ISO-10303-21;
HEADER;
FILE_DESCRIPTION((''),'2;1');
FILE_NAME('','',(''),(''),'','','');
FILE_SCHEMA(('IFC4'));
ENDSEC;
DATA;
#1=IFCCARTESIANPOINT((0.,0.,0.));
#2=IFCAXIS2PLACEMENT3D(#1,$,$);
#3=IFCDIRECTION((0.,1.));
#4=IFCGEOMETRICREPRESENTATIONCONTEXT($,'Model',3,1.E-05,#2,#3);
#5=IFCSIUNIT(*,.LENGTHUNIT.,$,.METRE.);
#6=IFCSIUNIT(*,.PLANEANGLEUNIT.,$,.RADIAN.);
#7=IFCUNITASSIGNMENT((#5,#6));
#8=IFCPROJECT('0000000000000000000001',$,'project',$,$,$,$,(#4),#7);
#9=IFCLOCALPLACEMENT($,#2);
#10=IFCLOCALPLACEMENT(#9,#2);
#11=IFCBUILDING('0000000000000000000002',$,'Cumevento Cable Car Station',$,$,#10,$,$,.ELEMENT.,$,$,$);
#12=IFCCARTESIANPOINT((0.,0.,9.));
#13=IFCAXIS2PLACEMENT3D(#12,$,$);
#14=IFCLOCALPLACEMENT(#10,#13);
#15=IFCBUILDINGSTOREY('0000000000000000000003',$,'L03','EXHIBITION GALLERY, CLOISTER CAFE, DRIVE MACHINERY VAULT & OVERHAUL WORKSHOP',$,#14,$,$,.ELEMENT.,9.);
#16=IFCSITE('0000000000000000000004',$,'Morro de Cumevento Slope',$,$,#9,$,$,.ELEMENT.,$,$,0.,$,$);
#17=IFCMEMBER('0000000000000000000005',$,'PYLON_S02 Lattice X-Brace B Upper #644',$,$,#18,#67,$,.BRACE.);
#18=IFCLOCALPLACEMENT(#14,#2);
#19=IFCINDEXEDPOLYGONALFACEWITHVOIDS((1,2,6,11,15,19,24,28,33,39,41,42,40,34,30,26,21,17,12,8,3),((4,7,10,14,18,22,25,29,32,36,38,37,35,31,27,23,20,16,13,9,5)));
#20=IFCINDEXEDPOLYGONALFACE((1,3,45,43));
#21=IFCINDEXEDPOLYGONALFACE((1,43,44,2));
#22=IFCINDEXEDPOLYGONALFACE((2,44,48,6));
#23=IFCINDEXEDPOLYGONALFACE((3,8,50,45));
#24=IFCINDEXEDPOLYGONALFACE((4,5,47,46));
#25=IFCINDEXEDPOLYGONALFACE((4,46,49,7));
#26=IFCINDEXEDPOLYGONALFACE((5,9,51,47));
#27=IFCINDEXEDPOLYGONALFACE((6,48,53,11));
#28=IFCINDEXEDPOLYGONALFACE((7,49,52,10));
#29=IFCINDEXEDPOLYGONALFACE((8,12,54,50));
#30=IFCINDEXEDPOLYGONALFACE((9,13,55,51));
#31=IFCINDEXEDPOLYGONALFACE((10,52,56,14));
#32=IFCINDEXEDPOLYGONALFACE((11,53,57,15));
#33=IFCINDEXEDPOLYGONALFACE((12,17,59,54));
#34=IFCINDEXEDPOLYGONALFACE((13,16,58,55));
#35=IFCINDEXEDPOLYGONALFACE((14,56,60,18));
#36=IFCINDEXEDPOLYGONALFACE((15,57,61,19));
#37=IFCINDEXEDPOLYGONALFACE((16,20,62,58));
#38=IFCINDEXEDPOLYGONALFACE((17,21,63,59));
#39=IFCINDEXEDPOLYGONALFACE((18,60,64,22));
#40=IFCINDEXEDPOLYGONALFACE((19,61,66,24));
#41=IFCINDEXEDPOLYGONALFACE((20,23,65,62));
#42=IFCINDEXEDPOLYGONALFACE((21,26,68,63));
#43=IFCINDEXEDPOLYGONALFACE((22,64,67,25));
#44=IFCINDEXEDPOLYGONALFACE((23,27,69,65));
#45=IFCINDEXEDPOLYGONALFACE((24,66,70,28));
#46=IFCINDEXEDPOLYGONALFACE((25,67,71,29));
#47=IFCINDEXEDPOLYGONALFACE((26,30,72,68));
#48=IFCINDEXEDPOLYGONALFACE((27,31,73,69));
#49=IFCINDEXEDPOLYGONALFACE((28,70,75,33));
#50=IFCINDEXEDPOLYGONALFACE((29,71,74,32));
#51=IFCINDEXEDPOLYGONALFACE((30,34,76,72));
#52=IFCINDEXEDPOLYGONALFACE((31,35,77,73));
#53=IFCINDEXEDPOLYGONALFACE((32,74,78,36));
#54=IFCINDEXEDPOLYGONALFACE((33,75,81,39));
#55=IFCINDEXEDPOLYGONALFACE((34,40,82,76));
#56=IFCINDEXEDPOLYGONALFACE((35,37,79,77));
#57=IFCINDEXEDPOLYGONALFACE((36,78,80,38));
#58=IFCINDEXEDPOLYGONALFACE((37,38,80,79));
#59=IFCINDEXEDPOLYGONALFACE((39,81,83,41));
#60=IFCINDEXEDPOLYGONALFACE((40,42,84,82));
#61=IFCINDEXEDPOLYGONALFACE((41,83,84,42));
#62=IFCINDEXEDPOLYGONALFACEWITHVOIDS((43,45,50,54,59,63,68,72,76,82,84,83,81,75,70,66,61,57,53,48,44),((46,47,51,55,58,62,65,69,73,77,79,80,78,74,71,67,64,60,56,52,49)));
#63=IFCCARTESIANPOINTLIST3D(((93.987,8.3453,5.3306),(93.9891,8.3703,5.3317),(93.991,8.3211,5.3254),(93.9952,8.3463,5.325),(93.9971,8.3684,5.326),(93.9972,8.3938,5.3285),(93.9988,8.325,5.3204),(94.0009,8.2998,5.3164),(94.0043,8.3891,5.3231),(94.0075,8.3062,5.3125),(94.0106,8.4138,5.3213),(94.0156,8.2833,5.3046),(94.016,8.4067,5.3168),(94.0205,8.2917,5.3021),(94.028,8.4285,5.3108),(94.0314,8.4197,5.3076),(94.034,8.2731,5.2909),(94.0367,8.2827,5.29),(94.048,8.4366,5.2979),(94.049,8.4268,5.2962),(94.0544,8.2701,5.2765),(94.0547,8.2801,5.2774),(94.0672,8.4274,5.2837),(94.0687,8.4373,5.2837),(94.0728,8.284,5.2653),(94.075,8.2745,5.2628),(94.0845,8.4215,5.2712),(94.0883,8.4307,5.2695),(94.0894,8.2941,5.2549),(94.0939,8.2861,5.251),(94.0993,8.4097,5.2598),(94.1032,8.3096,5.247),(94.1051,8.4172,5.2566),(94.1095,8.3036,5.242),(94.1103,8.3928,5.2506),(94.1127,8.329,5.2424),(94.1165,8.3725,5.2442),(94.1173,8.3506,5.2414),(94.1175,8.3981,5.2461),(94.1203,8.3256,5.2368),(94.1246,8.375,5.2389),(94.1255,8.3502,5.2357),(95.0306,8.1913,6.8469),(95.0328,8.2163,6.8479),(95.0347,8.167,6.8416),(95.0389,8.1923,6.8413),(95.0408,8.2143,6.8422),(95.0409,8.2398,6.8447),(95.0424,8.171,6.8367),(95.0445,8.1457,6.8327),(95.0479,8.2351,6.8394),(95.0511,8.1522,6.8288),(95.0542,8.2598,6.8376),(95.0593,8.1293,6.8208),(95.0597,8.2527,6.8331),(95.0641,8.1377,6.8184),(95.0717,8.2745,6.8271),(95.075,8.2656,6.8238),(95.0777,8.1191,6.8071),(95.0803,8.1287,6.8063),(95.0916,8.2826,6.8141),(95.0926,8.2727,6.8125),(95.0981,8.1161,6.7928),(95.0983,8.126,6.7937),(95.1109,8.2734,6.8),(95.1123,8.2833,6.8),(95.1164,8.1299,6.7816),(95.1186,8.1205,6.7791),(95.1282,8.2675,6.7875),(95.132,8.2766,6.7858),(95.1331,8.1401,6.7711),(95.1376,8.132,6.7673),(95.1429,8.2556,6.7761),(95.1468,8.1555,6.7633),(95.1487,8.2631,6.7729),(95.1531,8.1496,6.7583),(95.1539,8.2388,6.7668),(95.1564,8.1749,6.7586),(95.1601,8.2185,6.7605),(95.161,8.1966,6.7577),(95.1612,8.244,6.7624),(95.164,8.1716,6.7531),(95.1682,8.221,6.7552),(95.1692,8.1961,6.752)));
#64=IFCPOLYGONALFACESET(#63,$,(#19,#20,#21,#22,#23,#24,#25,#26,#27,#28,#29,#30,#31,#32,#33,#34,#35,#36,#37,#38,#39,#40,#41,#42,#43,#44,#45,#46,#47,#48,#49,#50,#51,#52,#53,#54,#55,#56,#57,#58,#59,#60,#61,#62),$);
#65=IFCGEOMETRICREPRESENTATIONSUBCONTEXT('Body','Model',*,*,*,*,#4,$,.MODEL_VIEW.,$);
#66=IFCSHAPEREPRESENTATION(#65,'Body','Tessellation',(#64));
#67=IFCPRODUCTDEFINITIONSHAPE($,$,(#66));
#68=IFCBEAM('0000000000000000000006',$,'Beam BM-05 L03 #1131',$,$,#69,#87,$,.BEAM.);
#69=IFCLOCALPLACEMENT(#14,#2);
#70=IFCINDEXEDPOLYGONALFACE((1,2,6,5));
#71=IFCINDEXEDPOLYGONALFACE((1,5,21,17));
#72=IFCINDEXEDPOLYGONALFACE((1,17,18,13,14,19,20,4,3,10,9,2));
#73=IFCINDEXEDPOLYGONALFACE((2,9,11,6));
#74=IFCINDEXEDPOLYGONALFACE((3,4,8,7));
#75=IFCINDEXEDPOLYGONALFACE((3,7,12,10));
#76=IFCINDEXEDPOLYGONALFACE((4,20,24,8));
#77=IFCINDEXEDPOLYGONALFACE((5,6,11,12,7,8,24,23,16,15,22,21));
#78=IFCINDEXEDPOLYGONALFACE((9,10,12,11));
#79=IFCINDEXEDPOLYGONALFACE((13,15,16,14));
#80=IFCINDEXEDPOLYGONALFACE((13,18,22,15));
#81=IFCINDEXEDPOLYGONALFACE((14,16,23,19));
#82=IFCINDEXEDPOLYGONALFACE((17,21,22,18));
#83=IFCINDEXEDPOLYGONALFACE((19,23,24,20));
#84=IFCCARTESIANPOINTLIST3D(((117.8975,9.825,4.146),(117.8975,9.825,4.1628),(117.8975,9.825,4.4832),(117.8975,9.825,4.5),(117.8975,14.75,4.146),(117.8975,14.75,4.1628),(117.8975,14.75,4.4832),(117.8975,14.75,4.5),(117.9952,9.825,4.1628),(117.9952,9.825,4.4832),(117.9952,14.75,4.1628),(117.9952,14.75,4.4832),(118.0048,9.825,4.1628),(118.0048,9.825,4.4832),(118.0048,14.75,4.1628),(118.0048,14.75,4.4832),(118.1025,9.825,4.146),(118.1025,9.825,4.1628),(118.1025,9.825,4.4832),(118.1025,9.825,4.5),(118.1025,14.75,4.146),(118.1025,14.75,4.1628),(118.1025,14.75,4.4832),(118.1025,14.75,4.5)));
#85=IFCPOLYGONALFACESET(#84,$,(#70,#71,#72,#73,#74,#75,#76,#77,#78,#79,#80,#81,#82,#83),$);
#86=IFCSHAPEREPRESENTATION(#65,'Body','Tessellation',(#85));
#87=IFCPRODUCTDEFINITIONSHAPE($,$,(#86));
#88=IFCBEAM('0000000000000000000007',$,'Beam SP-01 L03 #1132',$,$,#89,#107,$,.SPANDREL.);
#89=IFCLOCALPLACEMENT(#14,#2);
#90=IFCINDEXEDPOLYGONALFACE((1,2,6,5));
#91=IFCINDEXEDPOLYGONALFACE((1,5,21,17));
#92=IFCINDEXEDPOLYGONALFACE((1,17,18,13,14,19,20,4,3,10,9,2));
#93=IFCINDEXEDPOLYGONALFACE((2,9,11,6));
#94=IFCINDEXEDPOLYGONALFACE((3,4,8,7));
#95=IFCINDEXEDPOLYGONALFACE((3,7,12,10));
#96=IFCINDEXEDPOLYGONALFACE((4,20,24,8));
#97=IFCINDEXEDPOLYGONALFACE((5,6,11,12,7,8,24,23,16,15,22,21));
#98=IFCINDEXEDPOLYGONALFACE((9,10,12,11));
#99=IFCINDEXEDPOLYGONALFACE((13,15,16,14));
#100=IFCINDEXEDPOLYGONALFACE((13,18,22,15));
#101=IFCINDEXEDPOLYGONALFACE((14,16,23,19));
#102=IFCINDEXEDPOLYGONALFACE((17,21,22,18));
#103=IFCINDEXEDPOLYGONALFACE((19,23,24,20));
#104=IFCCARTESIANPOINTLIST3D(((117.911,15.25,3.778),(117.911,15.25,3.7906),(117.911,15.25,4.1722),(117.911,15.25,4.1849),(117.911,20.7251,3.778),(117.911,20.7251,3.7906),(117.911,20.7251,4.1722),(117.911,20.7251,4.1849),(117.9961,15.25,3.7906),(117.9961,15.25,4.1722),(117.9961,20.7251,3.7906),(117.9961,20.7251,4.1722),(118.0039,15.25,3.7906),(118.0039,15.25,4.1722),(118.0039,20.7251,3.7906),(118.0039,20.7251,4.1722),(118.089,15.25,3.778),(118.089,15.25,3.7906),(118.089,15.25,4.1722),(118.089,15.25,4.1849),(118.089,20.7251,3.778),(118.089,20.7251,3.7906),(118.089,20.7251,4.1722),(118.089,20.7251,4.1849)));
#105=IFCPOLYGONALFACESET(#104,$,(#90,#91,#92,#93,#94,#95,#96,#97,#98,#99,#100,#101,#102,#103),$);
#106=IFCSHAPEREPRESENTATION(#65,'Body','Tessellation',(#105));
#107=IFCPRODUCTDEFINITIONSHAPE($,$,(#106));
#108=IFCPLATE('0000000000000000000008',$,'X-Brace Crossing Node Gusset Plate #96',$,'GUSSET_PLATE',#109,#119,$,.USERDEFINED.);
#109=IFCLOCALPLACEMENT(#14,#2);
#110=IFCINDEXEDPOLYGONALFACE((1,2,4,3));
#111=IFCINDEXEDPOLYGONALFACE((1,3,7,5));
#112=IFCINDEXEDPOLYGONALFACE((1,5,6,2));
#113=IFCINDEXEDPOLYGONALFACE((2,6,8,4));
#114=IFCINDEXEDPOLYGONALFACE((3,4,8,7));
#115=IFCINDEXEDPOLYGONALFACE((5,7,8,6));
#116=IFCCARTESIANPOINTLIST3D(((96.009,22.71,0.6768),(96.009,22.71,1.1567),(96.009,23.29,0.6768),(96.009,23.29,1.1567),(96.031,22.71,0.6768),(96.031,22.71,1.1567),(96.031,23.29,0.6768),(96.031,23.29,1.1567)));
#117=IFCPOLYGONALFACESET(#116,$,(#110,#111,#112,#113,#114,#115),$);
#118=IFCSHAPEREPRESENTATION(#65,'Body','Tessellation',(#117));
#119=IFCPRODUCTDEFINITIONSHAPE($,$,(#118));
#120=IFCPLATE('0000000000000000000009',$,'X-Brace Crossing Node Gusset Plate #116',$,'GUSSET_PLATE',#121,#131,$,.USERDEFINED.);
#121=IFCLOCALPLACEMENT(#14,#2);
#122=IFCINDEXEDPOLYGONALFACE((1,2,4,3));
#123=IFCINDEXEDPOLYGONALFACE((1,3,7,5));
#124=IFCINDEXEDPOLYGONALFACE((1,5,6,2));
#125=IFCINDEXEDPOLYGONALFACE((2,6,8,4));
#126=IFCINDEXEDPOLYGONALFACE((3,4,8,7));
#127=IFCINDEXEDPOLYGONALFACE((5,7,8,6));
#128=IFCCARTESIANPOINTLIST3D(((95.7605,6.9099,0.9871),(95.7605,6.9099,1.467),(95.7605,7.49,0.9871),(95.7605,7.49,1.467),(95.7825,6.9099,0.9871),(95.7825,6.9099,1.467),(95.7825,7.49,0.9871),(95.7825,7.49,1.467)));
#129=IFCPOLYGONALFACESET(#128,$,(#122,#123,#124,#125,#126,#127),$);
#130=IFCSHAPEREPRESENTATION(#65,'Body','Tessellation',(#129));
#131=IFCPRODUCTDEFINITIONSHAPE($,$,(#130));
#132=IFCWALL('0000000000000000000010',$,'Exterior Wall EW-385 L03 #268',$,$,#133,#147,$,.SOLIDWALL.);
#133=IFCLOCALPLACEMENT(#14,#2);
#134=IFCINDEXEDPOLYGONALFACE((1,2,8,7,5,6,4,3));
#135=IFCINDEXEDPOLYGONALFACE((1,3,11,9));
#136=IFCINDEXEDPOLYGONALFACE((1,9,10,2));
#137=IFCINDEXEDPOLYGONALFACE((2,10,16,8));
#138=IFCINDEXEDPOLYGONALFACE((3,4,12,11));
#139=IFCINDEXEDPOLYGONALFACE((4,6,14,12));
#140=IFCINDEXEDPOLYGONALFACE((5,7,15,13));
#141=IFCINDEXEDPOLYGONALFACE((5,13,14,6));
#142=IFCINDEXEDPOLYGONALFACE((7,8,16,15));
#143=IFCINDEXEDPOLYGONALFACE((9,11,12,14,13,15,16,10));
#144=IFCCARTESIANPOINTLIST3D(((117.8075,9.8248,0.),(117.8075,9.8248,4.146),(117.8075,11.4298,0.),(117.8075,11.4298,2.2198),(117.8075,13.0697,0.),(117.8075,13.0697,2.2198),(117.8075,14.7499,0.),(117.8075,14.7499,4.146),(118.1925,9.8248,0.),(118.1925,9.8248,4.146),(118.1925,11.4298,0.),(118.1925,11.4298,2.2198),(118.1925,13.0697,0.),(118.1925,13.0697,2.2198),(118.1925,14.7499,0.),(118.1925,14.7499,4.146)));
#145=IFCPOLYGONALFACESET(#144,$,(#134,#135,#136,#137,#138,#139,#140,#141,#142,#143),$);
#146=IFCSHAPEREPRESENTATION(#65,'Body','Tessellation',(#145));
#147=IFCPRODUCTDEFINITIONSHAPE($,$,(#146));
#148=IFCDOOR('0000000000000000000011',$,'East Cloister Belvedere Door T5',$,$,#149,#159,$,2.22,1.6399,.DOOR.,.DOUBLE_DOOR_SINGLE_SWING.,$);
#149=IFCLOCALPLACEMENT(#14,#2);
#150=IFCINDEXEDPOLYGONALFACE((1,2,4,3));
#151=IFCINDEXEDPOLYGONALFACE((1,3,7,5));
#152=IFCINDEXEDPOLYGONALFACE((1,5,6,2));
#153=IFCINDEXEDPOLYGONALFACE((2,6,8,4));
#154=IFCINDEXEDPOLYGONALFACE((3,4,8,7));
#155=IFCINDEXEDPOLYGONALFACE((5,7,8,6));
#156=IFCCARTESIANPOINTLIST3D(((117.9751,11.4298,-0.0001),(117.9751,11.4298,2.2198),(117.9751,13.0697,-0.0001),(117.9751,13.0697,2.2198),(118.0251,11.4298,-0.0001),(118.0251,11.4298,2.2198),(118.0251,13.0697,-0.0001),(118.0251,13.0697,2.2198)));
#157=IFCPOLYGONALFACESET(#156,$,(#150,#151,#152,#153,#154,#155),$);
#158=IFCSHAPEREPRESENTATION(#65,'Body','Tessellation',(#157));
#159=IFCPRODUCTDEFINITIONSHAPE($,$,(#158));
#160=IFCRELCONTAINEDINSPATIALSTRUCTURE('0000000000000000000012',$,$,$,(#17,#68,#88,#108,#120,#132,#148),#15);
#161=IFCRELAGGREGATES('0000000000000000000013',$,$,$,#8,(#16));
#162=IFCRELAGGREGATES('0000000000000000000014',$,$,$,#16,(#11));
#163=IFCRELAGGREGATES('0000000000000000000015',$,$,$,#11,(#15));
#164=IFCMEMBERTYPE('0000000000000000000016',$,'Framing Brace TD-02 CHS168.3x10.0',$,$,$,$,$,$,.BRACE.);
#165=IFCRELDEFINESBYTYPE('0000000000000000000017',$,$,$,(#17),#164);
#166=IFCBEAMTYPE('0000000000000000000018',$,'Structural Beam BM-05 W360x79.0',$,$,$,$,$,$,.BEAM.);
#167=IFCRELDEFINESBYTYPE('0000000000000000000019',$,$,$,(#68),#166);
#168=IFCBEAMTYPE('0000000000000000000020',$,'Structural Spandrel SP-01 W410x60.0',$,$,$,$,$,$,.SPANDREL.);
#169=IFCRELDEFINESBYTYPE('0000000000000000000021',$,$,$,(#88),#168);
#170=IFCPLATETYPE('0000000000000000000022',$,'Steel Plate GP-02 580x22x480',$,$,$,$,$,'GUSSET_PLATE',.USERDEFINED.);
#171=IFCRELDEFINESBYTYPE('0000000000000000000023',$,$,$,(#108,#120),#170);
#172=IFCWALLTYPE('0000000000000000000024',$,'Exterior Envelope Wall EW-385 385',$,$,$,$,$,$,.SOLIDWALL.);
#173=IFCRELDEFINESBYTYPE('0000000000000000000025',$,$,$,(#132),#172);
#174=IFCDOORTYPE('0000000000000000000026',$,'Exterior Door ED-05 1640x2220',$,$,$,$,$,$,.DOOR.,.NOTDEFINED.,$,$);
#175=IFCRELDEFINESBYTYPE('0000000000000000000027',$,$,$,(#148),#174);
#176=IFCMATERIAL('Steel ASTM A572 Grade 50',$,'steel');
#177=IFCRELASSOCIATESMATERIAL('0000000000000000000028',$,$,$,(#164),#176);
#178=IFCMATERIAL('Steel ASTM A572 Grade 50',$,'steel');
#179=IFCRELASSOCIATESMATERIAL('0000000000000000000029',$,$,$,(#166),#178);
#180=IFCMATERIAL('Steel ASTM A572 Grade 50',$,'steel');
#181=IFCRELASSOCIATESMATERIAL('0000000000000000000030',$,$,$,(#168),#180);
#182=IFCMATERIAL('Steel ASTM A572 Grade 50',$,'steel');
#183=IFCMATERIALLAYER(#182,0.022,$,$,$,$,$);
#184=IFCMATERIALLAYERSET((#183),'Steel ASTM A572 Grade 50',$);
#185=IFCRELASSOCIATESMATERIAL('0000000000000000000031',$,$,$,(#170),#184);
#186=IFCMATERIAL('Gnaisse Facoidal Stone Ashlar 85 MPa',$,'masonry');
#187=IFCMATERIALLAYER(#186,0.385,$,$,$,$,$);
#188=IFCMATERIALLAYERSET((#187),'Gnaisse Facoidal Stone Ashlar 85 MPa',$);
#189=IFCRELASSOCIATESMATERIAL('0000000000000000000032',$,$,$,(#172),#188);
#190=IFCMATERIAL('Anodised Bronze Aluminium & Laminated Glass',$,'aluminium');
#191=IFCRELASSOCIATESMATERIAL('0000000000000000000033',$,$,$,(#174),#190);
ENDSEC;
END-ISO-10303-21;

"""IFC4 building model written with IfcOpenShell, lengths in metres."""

from ifc_helpers import new_model, si_unit, direction, frame, frame_2d, origin, origin_2d, place, context, subcontext, project, spatial, rectangle, hollow_circle, i_section, extrude, material, layer, layer_set, material_profile, profile_set, type_object, element, fill, save


model = new_model("IFC4")

# Units and contexts
model_context = context("Model", 3, precision=1e-05, world=origin(), true_north=direction((0.0, 1.0)))
body_context = subcontext(model_context, "Body", "Model", "MODEL_VIEW")
ifc_project = project(units=[si_unit("LENGTHUNIT", "METRE"), si_unit("PLANEANGLEUNIT", "RADIAN")], contexts=[model_context])

# Site, building, storey
site_placement = place(None, origin())
site = spatial("IfcSite", under=ifc_project, at=site_placement, Name="Morro de Cumevento Slope", CompositionType="ELEMENT", RefElevation=0.0)
building_placement = place(site_placement, origin())
building = spatial("IfcBuilding", under=site, at=building_placement, Name="Cumevento Cable Car Station", CompositionType="ELEMENT")
storey_placement = place(building_placement, frame((0.0, 0.0, 9.0)))
storey = spatial("IfcBuildingStorey", under=building, at=storey_placement, Name="L03", Description="EXHIBITION GALLERY, CLOISTER CAFE, DRIVE MACHINERY VAULT & OVERHAUL WORKSHOP", CompositionType="ELEMENT", Elevation=9.0)

# Member
ifc_material_1 = material(Name="Steel ASTM A572 Grade 50", Category="steel")
ifc_material_profile_1 = material_profile(ifc_material_1, hollow_circle(Radius=0.0842, WallThickness=0.01, at=origin_2d()), Name="CHS168.3x10.0")
ifc_profile_set_1 = profile_set([ifc_material_profile_1], Name="Steel ASTM A572 Grade 50")
member_type_1 = type_object("IfcMemberType", Name="Framing Brace TD-02 CHS168.3x10.0", PredefinedType="BRACE", material=ifc_profile_set_1)
member_1_placement = place(storey_placement, frame((94.0564, 8.354, 5.2837), z_axis=(0.564998, -0.083395, 0.820867), x_axis=(0.14602, 0.989282, 0.0)))
element("IfcMember", 1, at=member_1_placement, inside=storey, type_object=member_type_1, Name="PYLON_S02 Lattice X-Brace B Upper #644", PredefinedType="BRACE", context=body_context, shape_type="SweptSolid", body=[
    extrude(hollow_circle(Radius=0.0842, WallThickness=0.01, at=origin_2d()), origin(), (0.0, 0.0, 1.0), 1.8472),
])

# Beams
ifc_material_2 = material(Name="Steel ASTM A572 Grade 50", Category="steel")
ifc_material_profile_2 = material_profile(ifc_material_2, i_section(OverallWidth=0.2051, OverallDepth=0.354, WebThickness=0.0095, FlangeThickness=0.0168, at=origin_2d()), Name="W360x79.0")
ifc_profile_set_2 = profile_set([ifc_material_profile_2], Name="Steel ASTM A572 Grade 50")
beam_type_1 = type_object("IfcBeamType", Name="Structural Beam BM-05 W360x79.0", PredefinedType="BEAM", material=ifc_profile_set_2)
beam_1_placement = place(storey_placement, frame((118.0, 9.825, 4.323), z_axis=(0.0, 1.0, 0.0), x_axis=(-1.0, 0.0, 0.0)))
element("IfcBeam", 2, at=beam_1_placement, inside=storey, type_object=beam_type_1, Name="Beam BM-05 L03 #1131", PredefinedType="BEAM", context=body_context, shape_type="SweptSolid", body=[
    extrude(i_section(OverallWidth=0.2051, OverallDepth=0.354, WebThickness=0.0095, FlangeThickness=0.0168, at=origin_2d()), origin(), (0.0, 0.0, 1.0), 4.925),
])
ifc_material_3 = material(Name="Steel ASTM A572 Grade 50", Category="steel")
ifc_material_profile_3 = material_profile(ifc_material_3, i_section(OverallWidth=0.178, OverallDepth=0.407, WebThickness=0.0078, FlangeThickness=0.0127, at=origin_2d()), Name="W410x60.0")
ifc_profile_set_3 = profile_set([ifc_material_profile_3], Name="Steel ASTM A572 Grade 50")
beam_type_2 = type_object("IfcBeamType", Name="Structural Spandrel SP-01 W410x60.0", PredefinedType="SPANDREL", material=ifc_profile_set_3)
beam_2_placement = place(storey_placement, frame((118.0, 15.25, 3.9814), z_axis=(0.0, 1.0, 0.0), x_axis=(-1.0, 0.0, 0.0)))
element("IfcBeam", 3, at=beam_2_placement, inside=storey, type_object=beam_type_2, Name="Beam SP-01 L03 #1132", PredefinedType="SPANDREL", context=body_context, shape_type="SweptSolid", body=[
    extrude(i_section(OverallWidth=0.178, OverallDepth=0.407, WebThickness=0.0078, FlangeThickness=0.0127, at=origin_2d()), origin(), (0.0, 0.0, 1.0), 5.4751),
])

# Plates
ifc_material_4 = material(Name="Steel ASTM A572 Grade 50", Category="steel")
ifc_layer_1 = layer(ifc_material_4, 0.022)
ifc_layer_set_1 = layer_set([ifc_layer_1], Name="Steel ASTM A572 Grade 50")
plate_type = type_object("IfcPlateType", Name="Steel Plate GP-02 580x22x480", ElementType="GUSSET_PLATE", PredefinedType="USERDEFINED", material=ifc_layer_set_1)
for number, where, z_axis, x_axis, name in (
    (4, (96.02, 23.0, 0.6768), (0.0, 0.0, 1.0), (0.0, 1.0, 0.0), "X-Brace Crossing Node Gusset Plate #96"),
    (5, (95.7715, 7.2, 0.9871), (0.0, 0.0, 1.0), (0.0, 1.0, 0.0), "X-Brace Crossing Node Gusset Plate #116"),
):
    element("IfcPlate", number, at=place(storey_placement, frame(where, z_axis=z_axis, x_axis=x_axis)), inside=storey, type_object=plate_type, Name=name, ObjectType="GUSSET_PLATE", PredefinedType="USERDEFINED", context=body_context, shape_type="SweptSolid", body=[
        extrude(rectangle(XDim=0.5801, YDim=0.022, at=origin_2d()), origin(), (0.0, 0.0, 1.0), 0.48),
    ])

# Wall, opening, door
ifc_material_5 = material(Name="Gnaisse Facoidal Stone Ashlar 85 MPa", Category="masonry")
ifc_layer_2 = layer(ifc_material_5, 0.385)
ifc_layer_set_2 = layer_set([ifc_layer_2], Name="Gnaisse Facoidal Stone Ashlar 85 MPa")
wall_type = type_object("IfcWallType", Name="Exterior Envelope Wall EW-385 385", PredefinedType="SOLIDWALL", material=ifc_layer_set_2)
wall_placement = place(storey_placement, frame((118.0, 9.825, 0.0), z_axis=(0.0, 0.0, 1.0), x_axis=(0.0, 1.0, 0.0)))
wall = element("IfcWall", 6, at=wall_placement, inside=storey, type_object=wall_type, Name="Exterior Wall EW-385 L03 #268", PredefinedType="SOLIDWALL", context=body_context, shape_type="SweptSolid", body=[
    extrude(rectangle(XDim=4.925, YDim=0.385, at=frame_2d((2.4624, 0.0))), origin(), (0.0, 0.0, 1.0), 4.146),
])
opening_placement = place(wall_placement, frame((1.605, 0.0, 0.0)))
opening = element("IfcOpeningElement", 7, at=opening_placement, cuts=wall, PredefinedType="OPENING", context=body_context, shape_type="SweptSolid", body=[
    extrude(rectangle(XDim=1.6399, YDim=2.22, at=frame_2d((0.8198, 1.1099))), frame((0.0, 0.2024, 0.0), z_axis=(0.0, -1.0, 0.0), x_axis=(1.0, 0.0, 0.0)), (0.0, 0.0, 1.0), 0.405),
])
ifc_material_6 = material(Name="Anodised Bronze Aluminium & Laminated Glass", Category="aluminium")
door_type = type_object("IfcDoorType", Name="Exterior Door ED-05 1640x2220", OperationType="NOTDEFINED", PredefinedType="DOOR", material=ifc_material_6)
door_placement = place(opening_placement, origin())
door = element("IfcDoor", 8, at=door_placement, inside=storey, type_object=door_type, Name="East Cloister Belvedere Door T5", OperationType="DOUBLE_DOOR_SINGLE_SWING", OverallHeight=2.22, OverallWidth=1.6399, PredefinedType="DOOR", context=body_context, shape_type="SweptSolid", body=[
    extrude(rectangle(XDim=1.6399, YDim=2.22, at=frame_2d((0.8198, 1.1099))), frame((0.0, 0.0249, 0.0), z_axis=(0.0, -1.0, 0.0), x_axis=(1.0, 0.0, 0.0)), (0.0, 0.0, 1.0), 0.05),
])
fill(opening, door)

save(model, "model.ifc")
